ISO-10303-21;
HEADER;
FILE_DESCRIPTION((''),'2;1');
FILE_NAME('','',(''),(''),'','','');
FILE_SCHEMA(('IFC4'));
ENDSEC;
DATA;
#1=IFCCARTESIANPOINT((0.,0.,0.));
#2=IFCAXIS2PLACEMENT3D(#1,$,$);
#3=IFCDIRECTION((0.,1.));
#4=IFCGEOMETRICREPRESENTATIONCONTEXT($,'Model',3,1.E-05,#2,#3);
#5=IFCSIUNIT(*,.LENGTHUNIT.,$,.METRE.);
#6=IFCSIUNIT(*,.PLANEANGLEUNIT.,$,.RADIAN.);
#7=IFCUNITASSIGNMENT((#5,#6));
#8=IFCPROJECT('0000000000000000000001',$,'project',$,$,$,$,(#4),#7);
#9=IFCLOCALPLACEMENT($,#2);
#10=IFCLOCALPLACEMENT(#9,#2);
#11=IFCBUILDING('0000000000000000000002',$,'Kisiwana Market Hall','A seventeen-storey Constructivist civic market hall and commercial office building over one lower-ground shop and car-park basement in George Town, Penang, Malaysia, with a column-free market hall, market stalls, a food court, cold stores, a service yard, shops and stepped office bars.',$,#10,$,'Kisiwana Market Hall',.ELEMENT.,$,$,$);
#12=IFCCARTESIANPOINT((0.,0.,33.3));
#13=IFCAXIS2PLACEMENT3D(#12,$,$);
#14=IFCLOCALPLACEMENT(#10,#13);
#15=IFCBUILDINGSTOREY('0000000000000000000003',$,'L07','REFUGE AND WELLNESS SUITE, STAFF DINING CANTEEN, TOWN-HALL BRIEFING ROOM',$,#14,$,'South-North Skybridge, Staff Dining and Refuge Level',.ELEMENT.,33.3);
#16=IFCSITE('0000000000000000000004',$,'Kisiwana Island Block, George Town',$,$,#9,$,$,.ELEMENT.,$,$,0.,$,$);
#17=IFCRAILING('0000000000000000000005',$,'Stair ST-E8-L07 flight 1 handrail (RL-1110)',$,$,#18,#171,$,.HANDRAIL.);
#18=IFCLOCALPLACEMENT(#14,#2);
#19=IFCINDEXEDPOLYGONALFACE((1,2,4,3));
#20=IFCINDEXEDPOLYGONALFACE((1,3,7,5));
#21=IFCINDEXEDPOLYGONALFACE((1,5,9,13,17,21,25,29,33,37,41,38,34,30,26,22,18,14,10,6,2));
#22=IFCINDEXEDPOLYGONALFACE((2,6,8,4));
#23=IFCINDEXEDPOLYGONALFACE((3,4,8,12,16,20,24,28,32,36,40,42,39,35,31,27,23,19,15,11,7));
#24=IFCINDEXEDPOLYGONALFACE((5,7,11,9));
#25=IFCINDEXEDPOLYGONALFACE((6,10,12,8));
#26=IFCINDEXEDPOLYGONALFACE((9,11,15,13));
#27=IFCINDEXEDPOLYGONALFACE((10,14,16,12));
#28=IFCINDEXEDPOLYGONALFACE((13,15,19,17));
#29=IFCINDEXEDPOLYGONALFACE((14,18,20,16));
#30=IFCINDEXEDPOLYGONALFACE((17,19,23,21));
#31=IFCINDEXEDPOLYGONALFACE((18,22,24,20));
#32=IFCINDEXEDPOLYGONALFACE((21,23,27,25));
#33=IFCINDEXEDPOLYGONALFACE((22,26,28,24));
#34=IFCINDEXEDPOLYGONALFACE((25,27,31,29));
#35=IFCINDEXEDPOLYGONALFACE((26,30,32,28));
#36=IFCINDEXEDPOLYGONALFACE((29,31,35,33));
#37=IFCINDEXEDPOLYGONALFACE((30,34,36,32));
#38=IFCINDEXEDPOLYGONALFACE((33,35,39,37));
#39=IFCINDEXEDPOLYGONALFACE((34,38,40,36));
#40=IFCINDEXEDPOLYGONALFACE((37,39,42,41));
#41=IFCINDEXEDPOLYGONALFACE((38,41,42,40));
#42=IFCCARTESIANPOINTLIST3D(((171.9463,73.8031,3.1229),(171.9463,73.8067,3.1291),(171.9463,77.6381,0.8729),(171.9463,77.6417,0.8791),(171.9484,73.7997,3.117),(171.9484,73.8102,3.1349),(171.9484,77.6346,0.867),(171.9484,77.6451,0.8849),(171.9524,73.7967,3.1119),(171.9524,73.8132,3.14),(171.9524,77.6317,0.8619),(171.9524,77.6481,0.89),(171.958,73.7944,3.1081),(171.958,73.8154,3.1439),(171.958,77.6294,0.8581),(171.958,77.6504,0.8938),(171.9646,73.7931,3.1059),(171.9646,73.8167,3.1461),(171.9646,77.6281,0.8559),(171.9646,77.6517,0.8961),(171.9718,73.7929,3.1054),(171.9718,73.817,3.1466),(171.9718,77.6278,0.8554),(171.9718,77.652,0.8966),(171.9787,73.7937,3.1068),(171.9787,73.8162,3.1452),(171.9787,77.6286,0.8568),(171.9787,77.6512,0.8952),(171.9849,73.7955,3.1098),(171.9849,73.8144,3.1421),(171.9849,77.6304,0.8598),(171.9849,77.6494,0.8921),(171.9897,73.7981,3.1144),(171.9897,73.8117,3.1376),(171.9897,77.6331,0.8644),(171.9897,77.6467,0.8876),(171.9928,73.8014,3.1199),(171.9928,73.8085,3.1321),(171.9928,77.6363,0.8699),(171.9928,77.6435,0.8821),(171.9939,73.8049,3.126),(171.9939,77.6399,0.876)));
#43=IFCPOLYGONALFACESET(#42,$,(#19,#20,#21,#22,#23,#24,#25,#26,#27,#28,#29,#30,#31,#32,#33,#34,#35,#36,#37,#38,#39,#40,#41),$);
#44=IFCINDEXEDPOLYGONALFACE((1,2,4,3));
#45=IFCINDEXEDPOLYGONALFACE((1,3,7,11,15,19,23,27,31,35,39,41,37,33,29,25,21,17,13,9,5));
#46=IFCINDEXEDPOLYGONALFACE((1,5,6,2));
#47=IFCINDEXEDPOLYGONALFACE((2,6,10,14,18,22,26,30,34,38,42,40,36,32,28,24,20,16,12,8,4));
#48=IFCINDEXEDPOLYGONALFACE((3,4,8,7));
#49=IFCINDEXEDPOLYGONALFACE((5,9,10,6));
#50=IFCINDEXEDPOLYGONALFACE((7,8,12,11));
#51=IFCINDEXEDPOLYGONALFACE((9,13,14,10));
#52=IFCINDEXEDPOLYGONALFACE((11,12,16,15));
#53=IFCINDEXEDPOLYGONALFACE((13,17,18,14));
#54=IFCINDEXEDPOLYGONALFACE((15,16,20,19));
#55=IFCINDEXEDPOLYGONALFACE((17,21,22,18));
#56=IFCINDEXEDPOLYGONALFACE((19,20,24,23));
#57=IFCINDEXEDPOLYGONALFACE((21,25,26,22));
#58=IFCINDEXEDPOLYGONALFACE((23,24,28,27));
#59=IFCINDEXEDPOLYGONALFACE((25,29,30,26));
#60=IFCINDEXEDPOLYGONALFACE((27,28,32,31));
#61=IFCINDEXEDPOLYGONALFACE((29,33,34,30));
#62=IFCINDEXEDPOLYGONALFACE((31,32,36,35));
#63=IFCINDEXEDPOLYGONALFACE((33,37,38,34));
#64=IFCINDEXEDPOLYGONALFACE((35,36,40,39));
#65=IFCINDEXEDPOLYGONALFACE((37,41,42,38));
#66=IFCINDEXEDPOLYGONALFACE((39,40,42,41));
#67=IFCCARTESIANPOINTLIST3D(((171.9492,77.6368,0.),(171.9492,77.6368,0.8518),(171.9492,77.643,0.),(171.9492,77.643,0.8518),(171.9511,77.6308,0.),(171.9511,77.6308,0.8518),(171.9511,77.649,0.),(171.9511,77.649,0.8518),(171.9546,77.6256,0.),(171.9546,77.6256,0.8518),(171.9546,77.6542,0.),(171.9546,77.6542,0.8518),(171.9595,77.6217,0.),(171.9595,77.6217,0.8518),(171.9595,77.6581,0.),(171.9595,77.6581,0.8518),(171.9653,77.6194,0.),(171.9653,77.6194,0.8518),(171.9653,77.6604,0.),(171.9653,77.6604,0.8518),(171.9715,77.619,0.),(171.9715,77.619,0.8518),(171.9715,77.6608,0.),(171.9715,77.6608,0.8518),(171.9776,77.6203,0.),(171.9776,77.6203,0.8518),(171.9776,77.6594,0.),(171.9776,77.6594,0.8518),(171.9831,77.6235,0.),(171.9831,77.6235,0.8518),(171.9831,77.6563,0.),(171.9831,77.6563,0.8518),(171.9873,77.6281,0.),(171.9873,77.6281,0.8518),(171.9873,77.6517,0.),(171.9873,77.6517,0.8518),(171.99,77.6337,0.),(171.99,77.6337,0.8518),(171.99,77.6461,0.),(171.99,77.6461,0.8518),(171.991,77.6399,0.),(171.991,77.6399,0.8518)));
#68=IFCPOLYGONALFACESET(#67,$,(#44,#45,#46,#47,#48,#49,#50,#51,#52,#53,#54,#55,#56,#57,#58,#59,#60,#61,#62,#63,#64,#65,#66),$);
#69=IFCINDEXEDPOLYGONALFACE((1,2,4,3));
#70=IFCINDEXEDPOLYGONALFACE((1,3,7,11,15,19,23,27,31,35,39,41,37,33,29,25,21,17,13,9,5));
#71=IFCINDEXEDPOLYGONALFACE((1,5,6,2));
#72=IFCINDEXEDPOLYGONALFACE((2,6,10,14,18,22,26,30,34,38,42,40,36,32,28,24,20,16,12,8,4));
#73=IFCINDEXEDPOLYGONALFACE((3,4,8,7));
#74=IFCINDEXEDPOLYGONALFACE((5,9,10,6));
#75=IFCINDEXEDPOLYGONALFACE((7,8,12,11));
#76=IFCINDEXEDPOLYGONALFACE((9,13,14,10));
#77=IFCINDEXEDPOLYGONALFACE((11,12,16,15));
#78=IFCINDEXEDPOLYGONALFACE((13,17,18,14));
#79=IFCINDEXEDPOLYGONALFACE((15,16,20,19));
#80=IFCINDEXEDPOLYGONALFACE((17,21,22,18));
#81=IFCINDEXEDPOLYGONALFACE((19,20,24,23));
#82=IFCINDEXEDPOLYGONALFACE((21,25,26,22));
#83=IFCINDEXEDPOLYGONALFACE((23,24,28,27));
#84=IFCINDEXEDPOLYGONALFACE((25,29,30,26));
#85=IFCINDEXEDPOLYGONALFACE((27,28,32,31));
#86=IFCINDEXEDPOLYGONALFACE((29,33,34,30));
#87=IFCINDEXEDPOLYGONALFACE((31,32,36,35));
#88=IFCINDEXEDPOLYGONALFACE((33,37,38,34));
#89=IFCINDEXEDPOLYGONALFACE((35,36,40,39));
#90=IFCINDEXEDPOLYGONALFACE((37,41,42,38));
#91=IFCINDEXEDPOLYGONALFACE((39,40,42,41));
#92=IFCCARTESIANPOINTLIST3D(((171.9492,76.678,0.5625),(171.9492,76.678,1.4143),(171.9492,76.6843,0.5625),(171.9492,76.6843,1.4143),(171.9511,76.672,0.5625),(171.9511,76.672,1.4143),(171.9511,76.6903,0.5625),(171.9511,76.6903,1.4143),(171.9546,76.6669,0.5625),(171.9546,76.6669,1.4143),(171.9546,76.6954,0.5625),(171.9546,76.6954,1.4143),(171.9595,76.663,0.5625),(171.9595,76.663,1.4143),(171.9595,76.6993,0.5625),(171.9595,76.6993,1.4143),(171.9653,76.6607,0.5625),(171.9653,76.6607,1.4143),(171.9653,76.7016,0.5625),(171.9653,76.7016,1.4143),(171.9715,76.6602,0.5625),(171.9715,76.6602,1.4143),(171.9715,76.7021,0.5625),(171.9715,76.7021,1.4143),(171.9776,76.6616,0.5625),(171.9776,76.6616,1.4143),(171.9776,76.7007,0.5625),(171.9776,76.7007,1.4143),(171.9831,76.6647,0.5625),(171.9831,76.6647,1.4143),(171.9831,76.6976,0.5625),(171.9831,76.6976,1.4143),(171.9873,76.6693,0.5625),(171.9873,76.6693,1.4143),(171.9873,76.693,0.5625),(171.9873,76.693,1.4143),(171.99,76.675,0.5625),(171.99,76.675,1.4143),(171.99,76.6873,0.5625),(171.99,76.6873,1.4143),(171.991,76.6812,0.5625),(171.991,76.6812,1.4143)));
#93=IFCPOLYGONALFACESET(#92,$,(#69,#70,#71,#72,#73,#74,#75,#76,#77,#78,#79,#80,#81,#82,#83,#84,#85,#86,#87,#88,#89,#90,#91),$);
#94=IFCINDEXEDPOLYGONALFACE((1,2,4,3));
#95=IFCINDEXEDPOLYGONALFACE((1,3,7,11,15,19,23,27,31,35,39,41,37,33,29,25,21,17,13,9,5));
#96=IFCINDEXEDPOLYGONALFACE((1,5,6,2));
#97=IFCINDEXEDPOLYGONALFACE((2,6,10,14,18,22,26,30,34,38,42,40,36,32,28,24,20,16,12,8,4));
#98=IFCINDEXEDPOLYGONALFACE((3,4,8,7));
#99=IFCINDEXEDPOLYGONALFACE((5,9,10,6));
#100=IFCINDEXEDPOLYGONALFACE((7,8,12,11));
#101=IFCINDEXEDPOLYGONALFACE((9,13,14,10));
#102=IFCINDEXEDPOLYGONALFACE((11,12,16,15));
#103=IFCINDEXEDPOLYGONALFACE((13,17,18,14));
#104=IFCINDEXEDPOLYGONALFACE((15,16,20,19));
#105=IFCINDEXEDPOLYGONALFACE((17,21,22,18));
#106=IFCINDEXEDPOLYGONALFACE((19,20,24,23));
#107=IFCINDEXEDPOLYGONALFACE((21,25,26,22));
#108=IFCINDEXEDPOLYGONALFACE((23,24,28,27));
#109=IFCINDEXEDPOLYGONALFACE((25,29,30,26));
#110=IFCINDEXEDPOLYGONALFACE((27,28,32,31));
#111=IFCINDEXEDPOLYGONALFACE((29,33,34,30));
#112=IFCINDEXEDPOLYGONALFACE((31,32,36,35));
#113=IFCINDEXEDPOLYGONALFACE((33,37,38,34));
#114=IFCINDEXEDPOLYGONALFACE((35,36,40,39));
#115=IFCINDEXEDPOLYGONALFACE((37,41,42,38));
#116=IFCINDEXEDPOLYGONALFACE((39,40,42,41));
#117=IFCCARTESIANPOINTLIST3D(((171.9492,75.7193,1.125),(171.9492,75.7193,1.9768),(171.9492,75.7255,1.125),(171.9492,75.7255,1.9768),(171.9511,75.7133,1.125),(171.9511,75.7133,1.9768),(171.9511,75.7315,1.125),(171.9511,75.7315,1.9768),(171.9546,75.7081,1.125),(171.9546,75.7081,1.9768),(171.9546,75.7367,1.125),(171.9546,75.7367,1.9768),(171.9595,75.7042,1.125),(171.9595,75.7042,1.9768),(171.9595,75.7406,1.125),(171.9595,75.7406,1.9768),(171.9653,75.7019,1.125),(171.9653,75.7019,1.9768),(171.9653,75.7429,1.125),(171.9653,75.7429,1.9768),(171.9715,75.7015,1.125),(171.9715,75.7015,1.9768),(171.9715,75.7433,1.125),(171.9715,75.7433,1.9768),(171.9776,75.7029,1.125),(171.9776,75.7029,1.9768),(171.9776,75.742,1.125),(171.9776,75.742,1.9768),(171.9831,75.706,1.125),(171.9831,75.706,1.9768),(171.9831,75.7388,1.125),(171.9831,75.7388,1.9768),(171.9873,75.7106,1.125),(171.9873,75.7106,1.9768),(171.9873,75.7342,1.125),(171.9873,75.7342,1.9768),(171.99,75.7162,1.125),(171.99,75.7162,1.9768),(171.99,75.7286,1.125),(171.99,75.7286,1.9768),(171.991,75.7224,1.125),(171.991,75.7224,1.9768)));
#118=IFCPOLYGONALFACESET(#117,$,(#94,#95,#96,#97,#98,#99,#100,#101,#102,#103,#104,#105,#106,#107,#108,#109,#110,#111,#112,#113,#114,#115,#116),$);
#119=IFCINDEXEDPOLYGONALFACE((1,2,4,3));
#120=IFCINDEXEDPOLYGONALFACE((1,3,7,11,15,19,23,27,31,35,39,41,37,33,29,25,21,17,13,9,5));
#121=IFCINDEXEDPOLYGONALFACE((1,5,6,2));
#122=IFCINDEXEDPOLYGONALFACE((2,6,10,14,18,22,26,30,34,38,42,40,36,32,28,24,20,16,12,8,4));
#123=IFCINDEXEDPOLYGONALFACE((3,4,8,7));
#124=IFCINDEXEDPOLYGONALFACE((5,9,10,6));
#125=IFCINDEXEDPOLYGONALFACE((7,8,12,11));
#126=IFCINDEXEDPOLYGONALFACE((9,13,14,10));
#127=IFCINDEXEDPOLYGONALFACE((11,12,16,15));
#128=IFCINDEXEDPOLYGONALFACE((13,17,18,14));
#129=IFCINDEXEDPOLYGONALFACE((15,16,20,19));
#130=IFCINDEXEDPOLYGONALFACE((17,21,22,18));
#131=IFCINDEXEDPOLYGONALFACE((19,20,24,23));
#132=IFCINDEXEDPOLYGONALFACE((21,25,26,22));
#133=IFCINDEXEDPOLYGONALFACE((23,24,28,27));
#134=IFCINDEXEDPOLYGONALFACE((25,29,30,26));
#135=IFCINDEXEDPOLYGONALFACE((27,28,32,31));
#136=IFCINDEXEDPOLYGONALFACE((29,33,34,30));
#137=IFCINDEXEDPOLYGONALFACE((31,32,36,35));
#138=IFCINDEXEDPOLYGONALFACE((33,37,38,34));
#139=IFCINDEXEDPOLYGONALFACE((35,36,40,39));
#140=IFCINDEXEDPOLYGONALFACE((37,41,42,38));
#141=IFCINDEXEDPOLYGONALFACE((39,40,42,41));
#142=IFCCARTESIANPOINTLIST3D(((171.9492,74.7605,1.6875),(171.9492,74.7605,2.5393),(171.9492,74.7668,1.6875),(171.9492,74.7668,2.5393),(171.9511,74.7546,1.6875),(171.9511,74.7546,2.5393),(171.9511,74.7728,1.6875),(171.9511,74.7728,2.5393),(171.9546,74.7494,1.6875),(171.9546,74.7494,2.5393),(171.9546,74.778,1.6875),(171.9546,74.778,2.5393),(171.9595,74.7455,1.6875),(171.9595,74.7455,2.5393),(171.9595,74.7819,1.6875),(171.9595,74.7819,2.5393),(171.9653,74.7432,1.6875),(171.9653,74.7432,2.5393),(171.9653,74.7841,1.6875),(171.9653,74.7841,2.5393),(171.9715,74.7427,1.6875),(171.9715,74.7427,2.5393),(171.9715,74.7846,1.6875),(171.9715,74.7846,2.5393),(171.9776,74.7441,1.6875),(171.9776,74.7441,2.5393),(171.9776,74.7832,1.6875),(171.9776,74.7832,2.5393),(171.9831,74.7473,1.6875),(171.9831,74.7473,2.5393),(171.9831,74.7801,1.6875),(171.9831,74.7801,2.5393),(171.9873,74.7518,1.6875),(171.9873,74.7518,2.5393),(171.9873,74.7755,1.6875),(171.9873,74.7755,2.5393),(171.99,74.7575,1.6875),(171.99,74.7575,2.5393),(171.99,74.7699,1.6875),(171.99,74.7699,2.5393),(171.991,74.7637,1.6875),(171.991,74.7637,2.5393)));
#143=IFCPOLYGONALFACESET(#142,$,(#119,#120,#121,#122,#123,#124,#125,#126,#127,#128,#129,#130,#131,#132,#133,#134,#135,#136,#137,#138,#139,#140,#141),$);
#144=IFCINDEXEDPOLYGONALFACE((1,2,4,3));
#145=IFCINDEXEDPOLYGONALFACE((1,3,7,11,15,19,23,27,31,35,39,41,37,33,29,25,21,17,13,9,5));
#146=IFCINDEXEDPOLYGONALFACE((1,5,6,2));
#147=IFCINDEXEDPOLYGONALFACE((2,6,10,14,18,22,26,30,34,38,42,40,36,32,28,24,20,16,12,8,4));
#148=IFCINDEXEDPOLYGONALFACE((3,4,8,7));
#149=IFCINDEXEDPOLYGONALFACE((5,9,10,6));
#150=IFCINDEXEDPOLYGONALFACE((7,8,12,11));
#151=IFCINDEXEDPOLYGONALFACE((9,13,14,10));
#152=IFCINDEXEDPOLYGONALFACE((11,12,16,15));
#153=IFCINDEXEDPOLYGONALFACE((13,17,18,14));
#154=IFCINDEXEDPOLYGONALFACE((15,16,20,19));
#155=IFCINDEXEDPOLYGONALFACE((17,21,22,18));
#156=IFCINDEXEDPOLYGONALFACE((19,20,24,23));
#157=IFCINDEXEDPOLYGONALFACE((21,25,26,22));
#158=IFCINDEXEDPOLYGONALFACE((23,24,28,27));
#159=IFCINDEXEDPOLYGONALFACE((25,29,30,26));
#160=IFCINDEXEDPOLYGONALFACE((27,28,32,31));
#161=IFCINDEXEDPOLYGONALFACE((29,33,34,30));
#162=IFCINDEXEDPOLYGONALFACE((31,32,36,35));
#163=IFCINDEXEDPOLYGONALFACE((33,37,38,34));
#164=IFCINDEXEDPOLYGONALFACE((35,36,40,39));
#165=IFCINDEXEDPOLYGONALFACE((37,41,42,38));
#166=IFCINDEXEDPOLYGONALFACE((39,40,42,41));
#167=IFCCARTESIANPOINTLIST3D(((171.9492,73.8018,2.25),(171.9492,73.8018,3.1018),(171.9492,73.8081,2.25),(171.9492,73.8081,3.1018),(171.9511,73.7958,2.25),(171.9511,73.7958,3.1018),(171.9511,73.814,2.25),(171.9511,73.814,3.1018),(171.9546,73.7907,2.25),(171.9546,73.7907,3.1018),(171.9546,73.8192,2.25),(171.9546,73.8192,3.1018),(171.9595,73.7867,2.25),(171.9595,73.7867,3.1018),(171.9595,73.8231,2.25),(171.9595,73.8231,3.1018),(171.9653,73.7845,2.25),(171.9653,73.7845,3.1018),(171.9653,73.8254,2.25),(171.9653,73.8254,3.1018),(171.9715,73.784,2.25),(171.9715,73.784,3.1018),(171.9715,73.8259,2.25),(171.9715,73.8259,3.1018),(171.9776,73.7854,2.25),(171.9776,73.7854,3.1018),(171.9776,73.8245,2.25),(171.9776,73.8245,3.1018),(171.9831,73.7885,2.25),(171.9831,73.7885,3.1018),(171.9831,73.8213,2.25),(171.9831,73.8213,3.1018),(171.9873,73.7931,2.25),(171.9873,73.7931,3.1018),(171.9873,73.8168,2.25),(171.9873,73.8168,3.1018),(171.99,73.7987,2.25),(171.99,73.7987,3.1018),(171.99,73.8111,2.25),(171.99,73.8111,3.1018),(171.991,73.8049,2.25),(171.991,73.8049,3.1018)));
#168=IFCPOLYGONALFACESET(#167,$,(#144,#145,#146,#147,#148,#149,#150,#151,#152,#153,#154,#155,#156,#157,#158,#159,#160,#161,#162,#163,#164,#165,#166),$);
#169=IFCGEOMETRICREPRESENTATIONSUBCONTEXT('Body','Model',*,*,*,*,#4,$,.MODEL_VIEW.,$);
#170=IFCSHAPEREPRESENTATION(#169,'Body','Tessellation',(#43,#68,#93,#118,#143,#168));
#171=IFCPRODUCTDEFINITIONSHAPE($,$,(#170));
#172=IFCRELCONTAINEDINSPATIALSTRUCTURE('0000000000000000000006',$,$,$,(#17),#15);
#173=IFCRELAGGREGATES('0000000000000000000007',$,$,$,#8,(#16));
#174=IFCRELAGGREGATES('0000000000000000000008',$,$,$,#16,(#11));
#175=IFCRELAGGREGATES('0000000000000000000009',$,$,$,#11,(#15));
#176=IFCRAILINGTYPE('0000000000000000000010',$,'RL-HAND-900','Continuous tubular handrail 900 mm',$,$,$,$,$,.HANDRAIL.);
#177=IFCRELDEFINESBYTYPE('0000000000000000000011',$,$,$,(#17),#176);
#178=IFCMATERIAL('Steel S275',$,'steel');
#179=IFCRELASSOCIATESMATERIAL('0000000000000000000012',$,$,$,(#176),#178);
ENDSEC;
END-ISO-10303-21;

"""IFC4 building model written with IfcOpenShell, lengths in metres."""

from ifc_helpers import new_model, si_unit, direction, frame, origin, origin_2d, place, context, subcontext, project, spatial, circle, extrude, material, type_object, element, save


model = new_model("IFC4")

# Units and contexts
model_context = context("Model", 3, precision=1e-05, world=origin(), true_north=direction((0.0, 1.0)))
body_context = subcontext(model_context, "Body", "Model", "MODEL_VIEW")
ifc_project = project(units=[si_unit("LENGTHUNIT", "METRE"), si_unit("PLANEANGLEUNIT", "RADIAN")], contexts=[model_context])

# Site, building, storey
site_placement = place(None, origin())
site = spatial("IfcSite", under=ifc_project, at=site_placement, Name="Kisiwana Island Block, George Town", CompositionType="ELEMENT", RefElevation=0.0)
building_placement = place(site_placement, origin())
building = spatial("IfcBuilding", under=site, at=building_placement, Name="Kisiwana Market Hall", Description="A seventeen-storey Constructivist civic market hall and commercial office building over one lower-ground shop and car-park basement in George Town, Penang, Malaysia, with a column-free market hall, market stalls, a food court, cold stores, a service yard, shops and stepped office bars.", LongName="Kisiwana Market Hall", CompositionType="ELEMENT")
storey_placement = place(building_placement, frame((0.0, 0.0, 33.3)))
storey = spatial("IfcBuildingStorey", under=building, at=storey_placement, Name="L07", Description="REFUGE AND WELLNESS SUITE, STAFF DINING CANTEEN, TOWN-HALL BRIEFING ROOM", LongName="South-North Skybridge, Staff Dining and Refuge Level", CompositionType="ELEMENT", Elevation=33.3)

# Railing
ifc_material_1 = material(Name="Steel S275", Category="steel")
railing_type_1 = type_object("IfcRailingType", Name="RL-HAND-900", Description="Continuous tubular handrail 900 mm", PredefinedType="HANDRAIL", material=ifc_material_1)
railing_1_placement = place(storey_placement, frame((171.97, 77.6399, 0.0)))
element("IfcRailing", 1, at=railing_1_placement, inside=storey, type_object=railing_type_1, Name="Stair ST-E8-L07 flight 1 handrail (RL-1110)", PredefinedType="HANDRAIL", context=body_context, shape_type="SweptSolid", body=[
    extrude(circle(Radius=0.0239, at=origin_2d()), frame((0.0, 0.0, 0.876), z_axis=(0.0, -0.86251, 0.506041), x_axis=(1.0, 0.0, 0.0)), (0.0, 0.0, 1.0), 4.4463),
    extrude(circle(Radius=0.021, at=origin_2d()), origin(), (0.0, 0.0, 1.0), 0.8518),
    extrude(circle(Radius=0.021, at=origin_2d()), frame((0.0, -0.9587, 0.5625)), (0.0, 0.0, 1.0), 0.8518),
    extrude(circle(Radius=0.021, at=origin_2d()), frame((0.0, -1.9175, 1.125)), (0.0, 0.0, 1.0), 0.8518),
    extrude(circle(Radius=0.021, at=origin_2d()), frame((0.0, -2.8762, 1.6875)), (0.0, 0.0, 1.0), 0.8518),
    extrude(circle(Radius=0.021, at=origin_2d()), frame((0.0, -3.835, 2.25)), (0.0, 0.0, 1.0), 0.8518),
])

save(model, "model.ifc")
